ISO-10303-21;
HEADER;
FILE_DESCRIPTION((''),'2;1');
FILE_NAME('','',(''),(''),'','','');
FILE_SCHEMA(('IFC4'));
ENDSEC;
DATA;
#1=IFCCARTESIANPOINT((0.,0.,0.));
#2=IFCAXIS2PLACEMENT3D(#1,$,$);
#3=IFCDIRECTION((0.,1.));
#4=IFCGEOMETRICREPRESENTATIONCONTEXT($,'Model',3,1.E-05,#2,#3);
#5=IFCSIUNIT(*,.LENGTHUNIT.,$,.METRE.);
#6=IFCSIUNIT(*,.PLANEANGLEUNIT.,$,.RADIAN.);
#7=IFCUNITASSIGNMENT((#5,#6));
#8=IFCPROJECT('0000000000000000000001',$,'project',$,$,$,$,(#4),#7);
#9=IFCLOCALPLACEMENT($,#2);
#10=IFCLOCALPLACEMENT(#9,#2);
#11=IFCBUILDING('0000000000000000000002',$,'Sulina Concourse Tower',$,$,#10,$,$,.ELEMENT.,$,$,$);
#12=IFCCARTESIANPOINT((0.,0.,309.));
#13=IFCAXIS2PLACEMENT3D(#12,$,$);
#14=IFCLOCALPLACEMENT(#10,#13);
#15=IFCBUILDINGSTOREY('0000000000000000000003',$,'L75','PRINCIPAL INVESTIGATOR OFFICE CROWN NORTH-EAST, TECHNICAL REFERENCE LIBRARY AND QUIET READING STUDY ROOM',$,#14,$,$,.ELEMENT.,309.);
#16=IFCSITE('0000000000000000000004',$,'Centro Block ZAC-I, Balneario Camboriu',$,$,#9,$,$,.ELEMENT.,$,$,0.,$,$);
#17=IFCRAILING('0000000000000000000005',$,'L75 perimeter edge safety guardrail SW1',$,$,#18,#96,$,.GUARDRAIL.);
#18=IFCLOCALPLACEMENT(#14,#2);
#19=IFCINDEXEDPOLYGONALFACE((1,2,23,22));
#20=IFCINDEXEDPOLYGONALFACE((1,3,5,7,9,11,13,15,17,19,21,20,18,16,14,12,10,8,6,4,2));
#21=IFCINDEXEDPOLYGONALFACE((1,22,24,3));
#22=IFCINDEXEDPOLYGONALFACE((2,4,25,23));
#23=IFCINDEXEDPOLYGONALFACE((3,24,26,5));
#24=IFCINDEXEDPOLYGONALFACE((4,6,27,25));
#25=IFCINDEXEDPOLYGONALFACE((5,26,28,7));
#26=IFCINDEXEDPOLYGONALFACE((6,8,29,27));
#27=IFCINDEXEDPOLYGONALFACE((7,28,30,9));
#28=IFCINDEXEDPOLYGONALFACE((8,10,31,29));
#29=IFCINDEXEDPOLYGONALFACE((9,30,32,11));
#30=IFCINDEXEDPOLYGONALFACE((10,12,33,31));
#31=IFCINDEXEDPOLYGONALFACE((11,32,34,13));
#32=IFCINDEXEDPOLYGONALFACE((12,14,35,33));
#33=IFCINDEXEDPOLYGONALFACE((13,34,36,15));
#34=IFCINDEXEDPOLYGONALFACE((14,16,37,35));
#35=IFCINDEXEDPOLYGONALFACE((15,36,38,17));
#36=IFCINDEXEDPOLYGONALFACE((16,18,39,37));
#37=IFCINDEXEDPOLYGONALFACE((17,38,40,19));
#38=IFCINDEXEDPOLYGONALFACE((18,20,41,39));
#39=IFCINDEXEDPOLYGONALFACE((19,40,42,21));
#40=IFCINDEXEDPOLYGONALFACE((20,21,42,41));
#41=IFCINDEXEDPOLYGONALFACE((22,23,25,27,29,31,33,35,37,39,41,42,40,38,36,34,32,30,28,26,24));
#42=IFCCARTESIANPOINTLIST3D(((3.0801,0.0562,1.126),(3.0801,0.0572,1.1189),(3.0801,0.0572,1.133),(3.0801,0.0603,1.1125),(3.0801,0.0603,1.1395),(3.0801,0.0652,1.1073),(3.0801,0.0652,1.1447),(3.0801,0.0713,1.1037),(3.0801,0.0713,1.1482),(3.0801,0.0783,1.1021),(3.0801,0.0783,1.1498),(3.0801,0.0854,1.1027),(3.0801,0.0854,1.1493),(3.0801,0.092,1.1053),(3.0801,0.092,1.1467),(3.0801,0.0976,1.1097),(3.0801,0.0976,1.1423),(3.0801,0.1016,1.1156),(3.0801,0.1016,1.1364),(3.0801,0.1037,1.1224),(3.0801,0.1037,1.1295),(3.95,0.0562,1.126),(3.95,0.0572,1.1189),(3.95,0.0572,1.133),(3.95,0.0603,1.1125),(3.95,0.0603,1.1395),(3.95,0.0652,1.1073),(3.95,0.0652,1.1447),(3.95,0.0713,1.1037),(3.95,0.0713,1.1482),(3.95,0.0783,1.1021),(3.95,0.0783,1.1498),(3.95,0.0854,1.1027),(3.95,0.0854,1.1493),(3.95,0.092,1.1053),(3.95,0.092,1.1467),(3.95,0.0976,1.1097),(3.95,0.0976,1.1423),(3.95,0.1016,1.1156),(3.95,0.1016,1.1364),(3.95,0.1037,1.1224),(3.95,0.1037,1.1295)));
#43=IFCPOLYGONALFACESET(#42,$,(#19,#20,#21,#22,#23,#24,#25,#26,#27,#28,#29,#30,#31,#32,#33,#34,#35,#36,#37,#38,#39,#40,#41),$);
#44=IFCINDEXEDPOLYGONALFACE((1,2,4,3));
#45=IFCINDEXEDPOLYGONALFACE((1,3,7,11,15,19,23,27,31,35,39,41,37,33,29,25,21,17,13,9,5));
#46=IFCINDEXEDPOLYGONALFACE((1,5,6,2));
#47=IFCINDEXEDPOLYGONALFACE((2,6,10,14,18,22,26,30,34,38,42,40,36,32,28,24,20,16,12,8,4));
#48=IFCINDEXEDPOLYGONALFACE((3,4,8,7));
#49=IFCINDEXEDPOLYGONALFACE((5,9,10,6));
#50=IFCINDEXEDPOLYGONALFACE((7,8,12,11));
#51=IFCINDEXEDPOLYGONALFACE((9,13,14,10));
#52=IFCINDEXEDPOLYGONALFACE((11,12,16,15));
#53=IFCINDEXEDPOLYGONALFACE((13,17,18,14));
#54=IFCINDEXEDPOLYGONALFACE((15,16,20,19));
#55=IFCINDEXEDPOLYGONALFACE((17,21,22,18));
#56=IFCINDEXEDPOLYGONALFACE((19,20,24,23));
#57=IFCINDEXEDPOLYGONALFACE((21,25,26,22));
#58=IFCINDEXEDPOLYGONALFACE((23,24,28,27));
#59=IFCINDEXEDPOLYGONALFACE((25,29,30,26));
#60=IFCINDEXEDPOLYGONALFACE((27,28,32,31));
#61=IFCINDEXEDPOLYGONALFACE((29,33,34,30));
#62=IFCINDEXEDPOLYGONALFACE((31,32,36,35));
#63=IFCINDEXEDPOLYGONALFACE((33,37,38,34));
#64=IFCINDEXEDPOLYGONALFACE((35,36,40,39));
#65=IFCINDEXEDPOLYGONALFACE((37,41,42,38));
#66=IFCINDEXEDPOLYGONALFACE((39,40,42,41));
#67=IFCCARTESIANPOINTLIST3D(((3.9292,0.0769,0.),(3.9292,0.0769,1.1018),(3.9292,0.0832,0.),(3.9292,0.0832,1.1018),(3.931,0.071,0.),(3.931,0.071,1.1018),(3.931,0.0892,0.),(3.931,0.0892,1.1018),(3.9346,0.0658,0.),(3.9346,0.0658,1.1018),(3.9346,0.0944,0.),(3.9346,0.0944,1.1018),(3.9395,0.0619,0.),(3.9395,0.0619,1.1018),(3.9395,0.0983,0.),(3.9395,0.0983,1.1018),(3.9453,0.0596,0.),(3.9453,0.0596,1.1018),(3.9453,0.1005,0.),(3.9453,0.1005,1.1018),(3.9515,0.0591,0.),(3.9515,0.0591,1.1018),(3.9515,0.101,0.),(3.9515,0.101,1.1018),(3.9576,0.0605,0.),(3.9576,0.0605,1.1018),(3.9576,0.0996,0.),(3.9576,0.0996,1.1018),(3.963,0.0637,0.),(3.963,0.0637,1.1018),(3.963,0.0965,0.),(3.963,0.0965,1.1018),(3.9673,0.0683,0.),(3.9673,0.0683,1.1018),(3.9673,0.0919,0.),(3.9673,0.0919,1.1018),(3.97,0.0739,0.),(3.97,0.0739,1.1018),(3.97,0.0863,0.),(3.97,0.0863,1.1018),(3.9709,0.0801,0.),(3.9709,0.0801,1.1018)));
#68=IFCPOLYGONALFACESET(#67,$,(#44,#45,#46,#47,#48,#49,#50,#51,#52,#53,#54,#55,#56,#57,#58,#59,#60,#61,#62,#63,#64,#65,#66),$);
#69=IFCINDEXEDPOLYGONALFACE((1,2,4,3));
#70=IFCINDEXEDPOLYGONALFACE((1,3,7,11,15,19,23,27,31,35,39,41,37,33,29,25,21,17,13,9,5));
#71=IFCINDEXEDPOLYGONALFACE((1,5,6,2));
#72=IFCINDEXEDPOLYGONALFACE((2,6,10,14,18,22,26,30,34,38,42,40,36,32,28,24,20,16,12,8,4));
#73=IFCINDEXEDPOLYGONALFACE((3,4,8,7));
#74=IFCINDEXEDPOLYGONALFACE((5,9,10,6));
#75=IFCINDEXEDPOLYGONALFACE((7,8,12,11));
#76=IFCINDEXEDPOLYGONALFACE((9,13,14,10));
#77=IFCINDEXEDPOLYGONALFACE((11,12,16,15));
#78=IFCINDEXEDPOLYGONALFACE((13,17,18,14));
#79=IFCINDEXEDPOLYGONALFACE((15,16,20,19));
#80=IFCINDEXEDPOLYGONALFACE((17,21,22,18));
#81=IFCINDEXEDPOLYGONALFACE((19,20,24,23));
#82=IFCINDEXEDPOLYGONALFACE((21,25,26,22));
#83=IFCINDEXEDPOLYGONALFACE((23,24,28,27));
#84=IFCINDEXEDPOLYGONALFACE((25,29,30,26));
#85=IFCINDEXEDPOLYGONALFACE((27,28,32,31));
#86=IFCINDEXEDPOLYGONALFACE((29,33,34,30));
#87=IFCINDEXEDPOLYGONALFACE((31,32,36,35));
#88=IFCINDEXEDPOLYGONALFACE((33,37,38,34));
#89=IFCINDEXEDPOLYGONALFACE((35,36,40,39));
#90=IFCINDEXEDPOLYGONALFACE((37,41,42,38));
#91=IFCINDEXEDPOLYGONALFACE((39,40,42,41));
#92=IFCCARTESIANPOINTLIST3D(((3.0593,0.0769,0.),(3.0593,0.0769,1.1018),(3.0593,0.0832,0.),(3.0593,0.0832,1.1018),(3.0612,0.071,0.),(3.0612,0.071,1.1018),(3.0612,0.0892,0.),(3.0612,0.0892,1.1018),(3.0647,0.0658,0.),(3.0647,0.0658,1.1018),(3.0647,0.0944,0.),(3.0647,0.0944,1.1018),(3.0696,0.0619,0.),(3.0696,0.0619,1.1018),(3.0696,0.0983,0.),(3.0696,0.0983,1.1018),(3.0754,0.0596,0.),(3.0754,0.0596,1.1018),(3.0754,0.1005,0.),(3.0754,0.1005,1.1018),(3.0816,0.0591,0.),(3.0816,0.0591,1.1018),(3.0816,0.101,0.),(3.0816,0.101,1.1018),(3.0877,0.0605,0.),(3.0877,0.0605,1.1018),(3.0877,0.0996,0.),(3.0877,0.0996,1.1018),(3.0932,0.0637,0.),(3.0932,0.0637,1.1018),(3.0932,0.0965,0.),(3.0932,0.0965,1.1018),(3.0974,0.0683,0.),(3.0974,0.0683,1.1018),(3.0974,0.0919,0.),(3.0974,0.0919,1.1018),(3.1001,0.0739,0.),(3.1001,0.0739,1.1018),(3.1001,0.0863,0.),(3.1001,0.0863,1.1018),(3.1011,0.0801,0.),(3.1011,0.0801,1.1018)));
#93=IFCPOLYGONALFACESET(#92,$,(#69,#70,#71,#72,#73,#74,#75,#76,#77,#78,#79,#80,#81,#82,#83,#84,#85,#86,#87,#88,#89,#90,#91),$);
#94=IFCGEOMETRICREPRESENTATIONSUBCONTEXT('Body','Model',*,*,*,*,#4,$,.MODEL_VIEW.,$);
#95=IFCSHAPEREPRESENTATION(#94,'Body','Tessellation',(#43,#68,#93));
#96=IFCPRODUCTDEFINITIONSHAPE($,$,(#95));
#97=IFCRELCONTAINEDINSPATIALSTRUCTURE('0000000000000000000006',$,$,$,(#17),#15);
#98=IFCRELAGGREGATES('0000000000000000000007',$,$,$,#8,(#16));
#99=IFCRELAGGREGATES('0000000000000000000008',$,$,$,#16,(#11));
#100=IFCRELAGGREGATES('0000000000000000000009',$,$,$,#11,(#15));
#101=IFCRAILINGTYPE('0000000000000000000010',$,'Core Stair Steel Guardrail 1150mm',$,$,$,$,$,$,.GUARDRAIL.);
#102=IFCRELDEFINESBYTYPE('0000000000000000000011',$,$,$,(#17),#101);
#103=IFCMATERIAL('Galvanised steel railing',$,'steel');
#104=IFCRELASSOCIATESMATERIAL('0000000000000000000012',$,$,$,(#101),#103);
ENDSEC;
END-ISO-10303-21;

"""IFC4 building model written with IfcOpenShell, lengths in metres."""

from ifc_helpers import new_model, si_unit, direction, frame, origin, origin_2d, place, context, subcontext, project, spatial, circle, extrude, material, type_object, element, save


model = new_model("IFC4")

# Units and contexts
model_context = context("Model", 3, precision=1e-05, world=origin(), true_north=direction((0.0, 1.0)))
body_context = subcontext(model_context, "Body", "Model", "MODEL_VIEW")
ifc_project = project(units=[si_unit("LENGTHUNIT", "METRE"), si_unit("PLANEANGLEUNIT", "RADIAN")], contexts=[model_context])

# Site, building, storey
site_placement = place(None, origin())
site = spatial("IfcSite", under=ifc_project, at=site_placement, Name="Centro Block ZAC-I, Balneario Camboriu", CompositionType="ELEMENT", RefElevation=0.0)
building_placement = place(site_placement, origin())
building = spatial("IfcBuilding", under=site, at=building_placement, Name="Sulina Concourse Tower", CompositionType="ELEMENT")
storey_placement = place(building_placement, frame((0.0, 0.0, 309.0)))
storey = spatial("IfcBuildingStorey", under=building, at=storey_placement, Name="L75", Description="PRINCIPAL INVESTIGATOR OFFICE CROWN NORTH-EAST, TECHNICAL REFERENCE LIBRARY AND QUIET READING STUDY ROOM", CompositionType="ELEMENT", Elevation=309.0)

# Railing
ifc_material_1 = material(Name="Galvanised steel railing", Category="steel")
railing_type = type_object("IfcRailingType", Name="Core Stair Steel Guardrail 1150mm", PredefinedType="GUARDRAIL", material=ifc_material_1)
railing_1_placement = place(storey_placement, frame((3.95, 0.0801, 0.0)))
element("IfcRailing", 1, at=railing_1_placement, inside=storey, type_object=railing_type, Name="L75 perimeter edge safety guardrail SW1", PredefinedType="GUARDRAIL", context=body_context, shape_type="SweptSolid", body=[
    extrude(circle(Radius=0.0239, at=origin_2d()), frame((0.0, 0.0, 1.126), z_axis=(-1.0, 0.0, 0.0), x_axis=(0.0, -1.0, 0.0)), (0.0, 0.0, 1.0), 0.8699),
    extrude(circle(Radius=0.021, at=origin_2d()), origin(), (0.0, 0.0, 1.0), 1.1018),
    extrude(circle(Radius=0.021, at=origin_2d()), frame((-0.8699, 0.0, 0.0)), (0.0, 0.0, 1.0), 1.1018),
])

save(model, "model.ifc")
